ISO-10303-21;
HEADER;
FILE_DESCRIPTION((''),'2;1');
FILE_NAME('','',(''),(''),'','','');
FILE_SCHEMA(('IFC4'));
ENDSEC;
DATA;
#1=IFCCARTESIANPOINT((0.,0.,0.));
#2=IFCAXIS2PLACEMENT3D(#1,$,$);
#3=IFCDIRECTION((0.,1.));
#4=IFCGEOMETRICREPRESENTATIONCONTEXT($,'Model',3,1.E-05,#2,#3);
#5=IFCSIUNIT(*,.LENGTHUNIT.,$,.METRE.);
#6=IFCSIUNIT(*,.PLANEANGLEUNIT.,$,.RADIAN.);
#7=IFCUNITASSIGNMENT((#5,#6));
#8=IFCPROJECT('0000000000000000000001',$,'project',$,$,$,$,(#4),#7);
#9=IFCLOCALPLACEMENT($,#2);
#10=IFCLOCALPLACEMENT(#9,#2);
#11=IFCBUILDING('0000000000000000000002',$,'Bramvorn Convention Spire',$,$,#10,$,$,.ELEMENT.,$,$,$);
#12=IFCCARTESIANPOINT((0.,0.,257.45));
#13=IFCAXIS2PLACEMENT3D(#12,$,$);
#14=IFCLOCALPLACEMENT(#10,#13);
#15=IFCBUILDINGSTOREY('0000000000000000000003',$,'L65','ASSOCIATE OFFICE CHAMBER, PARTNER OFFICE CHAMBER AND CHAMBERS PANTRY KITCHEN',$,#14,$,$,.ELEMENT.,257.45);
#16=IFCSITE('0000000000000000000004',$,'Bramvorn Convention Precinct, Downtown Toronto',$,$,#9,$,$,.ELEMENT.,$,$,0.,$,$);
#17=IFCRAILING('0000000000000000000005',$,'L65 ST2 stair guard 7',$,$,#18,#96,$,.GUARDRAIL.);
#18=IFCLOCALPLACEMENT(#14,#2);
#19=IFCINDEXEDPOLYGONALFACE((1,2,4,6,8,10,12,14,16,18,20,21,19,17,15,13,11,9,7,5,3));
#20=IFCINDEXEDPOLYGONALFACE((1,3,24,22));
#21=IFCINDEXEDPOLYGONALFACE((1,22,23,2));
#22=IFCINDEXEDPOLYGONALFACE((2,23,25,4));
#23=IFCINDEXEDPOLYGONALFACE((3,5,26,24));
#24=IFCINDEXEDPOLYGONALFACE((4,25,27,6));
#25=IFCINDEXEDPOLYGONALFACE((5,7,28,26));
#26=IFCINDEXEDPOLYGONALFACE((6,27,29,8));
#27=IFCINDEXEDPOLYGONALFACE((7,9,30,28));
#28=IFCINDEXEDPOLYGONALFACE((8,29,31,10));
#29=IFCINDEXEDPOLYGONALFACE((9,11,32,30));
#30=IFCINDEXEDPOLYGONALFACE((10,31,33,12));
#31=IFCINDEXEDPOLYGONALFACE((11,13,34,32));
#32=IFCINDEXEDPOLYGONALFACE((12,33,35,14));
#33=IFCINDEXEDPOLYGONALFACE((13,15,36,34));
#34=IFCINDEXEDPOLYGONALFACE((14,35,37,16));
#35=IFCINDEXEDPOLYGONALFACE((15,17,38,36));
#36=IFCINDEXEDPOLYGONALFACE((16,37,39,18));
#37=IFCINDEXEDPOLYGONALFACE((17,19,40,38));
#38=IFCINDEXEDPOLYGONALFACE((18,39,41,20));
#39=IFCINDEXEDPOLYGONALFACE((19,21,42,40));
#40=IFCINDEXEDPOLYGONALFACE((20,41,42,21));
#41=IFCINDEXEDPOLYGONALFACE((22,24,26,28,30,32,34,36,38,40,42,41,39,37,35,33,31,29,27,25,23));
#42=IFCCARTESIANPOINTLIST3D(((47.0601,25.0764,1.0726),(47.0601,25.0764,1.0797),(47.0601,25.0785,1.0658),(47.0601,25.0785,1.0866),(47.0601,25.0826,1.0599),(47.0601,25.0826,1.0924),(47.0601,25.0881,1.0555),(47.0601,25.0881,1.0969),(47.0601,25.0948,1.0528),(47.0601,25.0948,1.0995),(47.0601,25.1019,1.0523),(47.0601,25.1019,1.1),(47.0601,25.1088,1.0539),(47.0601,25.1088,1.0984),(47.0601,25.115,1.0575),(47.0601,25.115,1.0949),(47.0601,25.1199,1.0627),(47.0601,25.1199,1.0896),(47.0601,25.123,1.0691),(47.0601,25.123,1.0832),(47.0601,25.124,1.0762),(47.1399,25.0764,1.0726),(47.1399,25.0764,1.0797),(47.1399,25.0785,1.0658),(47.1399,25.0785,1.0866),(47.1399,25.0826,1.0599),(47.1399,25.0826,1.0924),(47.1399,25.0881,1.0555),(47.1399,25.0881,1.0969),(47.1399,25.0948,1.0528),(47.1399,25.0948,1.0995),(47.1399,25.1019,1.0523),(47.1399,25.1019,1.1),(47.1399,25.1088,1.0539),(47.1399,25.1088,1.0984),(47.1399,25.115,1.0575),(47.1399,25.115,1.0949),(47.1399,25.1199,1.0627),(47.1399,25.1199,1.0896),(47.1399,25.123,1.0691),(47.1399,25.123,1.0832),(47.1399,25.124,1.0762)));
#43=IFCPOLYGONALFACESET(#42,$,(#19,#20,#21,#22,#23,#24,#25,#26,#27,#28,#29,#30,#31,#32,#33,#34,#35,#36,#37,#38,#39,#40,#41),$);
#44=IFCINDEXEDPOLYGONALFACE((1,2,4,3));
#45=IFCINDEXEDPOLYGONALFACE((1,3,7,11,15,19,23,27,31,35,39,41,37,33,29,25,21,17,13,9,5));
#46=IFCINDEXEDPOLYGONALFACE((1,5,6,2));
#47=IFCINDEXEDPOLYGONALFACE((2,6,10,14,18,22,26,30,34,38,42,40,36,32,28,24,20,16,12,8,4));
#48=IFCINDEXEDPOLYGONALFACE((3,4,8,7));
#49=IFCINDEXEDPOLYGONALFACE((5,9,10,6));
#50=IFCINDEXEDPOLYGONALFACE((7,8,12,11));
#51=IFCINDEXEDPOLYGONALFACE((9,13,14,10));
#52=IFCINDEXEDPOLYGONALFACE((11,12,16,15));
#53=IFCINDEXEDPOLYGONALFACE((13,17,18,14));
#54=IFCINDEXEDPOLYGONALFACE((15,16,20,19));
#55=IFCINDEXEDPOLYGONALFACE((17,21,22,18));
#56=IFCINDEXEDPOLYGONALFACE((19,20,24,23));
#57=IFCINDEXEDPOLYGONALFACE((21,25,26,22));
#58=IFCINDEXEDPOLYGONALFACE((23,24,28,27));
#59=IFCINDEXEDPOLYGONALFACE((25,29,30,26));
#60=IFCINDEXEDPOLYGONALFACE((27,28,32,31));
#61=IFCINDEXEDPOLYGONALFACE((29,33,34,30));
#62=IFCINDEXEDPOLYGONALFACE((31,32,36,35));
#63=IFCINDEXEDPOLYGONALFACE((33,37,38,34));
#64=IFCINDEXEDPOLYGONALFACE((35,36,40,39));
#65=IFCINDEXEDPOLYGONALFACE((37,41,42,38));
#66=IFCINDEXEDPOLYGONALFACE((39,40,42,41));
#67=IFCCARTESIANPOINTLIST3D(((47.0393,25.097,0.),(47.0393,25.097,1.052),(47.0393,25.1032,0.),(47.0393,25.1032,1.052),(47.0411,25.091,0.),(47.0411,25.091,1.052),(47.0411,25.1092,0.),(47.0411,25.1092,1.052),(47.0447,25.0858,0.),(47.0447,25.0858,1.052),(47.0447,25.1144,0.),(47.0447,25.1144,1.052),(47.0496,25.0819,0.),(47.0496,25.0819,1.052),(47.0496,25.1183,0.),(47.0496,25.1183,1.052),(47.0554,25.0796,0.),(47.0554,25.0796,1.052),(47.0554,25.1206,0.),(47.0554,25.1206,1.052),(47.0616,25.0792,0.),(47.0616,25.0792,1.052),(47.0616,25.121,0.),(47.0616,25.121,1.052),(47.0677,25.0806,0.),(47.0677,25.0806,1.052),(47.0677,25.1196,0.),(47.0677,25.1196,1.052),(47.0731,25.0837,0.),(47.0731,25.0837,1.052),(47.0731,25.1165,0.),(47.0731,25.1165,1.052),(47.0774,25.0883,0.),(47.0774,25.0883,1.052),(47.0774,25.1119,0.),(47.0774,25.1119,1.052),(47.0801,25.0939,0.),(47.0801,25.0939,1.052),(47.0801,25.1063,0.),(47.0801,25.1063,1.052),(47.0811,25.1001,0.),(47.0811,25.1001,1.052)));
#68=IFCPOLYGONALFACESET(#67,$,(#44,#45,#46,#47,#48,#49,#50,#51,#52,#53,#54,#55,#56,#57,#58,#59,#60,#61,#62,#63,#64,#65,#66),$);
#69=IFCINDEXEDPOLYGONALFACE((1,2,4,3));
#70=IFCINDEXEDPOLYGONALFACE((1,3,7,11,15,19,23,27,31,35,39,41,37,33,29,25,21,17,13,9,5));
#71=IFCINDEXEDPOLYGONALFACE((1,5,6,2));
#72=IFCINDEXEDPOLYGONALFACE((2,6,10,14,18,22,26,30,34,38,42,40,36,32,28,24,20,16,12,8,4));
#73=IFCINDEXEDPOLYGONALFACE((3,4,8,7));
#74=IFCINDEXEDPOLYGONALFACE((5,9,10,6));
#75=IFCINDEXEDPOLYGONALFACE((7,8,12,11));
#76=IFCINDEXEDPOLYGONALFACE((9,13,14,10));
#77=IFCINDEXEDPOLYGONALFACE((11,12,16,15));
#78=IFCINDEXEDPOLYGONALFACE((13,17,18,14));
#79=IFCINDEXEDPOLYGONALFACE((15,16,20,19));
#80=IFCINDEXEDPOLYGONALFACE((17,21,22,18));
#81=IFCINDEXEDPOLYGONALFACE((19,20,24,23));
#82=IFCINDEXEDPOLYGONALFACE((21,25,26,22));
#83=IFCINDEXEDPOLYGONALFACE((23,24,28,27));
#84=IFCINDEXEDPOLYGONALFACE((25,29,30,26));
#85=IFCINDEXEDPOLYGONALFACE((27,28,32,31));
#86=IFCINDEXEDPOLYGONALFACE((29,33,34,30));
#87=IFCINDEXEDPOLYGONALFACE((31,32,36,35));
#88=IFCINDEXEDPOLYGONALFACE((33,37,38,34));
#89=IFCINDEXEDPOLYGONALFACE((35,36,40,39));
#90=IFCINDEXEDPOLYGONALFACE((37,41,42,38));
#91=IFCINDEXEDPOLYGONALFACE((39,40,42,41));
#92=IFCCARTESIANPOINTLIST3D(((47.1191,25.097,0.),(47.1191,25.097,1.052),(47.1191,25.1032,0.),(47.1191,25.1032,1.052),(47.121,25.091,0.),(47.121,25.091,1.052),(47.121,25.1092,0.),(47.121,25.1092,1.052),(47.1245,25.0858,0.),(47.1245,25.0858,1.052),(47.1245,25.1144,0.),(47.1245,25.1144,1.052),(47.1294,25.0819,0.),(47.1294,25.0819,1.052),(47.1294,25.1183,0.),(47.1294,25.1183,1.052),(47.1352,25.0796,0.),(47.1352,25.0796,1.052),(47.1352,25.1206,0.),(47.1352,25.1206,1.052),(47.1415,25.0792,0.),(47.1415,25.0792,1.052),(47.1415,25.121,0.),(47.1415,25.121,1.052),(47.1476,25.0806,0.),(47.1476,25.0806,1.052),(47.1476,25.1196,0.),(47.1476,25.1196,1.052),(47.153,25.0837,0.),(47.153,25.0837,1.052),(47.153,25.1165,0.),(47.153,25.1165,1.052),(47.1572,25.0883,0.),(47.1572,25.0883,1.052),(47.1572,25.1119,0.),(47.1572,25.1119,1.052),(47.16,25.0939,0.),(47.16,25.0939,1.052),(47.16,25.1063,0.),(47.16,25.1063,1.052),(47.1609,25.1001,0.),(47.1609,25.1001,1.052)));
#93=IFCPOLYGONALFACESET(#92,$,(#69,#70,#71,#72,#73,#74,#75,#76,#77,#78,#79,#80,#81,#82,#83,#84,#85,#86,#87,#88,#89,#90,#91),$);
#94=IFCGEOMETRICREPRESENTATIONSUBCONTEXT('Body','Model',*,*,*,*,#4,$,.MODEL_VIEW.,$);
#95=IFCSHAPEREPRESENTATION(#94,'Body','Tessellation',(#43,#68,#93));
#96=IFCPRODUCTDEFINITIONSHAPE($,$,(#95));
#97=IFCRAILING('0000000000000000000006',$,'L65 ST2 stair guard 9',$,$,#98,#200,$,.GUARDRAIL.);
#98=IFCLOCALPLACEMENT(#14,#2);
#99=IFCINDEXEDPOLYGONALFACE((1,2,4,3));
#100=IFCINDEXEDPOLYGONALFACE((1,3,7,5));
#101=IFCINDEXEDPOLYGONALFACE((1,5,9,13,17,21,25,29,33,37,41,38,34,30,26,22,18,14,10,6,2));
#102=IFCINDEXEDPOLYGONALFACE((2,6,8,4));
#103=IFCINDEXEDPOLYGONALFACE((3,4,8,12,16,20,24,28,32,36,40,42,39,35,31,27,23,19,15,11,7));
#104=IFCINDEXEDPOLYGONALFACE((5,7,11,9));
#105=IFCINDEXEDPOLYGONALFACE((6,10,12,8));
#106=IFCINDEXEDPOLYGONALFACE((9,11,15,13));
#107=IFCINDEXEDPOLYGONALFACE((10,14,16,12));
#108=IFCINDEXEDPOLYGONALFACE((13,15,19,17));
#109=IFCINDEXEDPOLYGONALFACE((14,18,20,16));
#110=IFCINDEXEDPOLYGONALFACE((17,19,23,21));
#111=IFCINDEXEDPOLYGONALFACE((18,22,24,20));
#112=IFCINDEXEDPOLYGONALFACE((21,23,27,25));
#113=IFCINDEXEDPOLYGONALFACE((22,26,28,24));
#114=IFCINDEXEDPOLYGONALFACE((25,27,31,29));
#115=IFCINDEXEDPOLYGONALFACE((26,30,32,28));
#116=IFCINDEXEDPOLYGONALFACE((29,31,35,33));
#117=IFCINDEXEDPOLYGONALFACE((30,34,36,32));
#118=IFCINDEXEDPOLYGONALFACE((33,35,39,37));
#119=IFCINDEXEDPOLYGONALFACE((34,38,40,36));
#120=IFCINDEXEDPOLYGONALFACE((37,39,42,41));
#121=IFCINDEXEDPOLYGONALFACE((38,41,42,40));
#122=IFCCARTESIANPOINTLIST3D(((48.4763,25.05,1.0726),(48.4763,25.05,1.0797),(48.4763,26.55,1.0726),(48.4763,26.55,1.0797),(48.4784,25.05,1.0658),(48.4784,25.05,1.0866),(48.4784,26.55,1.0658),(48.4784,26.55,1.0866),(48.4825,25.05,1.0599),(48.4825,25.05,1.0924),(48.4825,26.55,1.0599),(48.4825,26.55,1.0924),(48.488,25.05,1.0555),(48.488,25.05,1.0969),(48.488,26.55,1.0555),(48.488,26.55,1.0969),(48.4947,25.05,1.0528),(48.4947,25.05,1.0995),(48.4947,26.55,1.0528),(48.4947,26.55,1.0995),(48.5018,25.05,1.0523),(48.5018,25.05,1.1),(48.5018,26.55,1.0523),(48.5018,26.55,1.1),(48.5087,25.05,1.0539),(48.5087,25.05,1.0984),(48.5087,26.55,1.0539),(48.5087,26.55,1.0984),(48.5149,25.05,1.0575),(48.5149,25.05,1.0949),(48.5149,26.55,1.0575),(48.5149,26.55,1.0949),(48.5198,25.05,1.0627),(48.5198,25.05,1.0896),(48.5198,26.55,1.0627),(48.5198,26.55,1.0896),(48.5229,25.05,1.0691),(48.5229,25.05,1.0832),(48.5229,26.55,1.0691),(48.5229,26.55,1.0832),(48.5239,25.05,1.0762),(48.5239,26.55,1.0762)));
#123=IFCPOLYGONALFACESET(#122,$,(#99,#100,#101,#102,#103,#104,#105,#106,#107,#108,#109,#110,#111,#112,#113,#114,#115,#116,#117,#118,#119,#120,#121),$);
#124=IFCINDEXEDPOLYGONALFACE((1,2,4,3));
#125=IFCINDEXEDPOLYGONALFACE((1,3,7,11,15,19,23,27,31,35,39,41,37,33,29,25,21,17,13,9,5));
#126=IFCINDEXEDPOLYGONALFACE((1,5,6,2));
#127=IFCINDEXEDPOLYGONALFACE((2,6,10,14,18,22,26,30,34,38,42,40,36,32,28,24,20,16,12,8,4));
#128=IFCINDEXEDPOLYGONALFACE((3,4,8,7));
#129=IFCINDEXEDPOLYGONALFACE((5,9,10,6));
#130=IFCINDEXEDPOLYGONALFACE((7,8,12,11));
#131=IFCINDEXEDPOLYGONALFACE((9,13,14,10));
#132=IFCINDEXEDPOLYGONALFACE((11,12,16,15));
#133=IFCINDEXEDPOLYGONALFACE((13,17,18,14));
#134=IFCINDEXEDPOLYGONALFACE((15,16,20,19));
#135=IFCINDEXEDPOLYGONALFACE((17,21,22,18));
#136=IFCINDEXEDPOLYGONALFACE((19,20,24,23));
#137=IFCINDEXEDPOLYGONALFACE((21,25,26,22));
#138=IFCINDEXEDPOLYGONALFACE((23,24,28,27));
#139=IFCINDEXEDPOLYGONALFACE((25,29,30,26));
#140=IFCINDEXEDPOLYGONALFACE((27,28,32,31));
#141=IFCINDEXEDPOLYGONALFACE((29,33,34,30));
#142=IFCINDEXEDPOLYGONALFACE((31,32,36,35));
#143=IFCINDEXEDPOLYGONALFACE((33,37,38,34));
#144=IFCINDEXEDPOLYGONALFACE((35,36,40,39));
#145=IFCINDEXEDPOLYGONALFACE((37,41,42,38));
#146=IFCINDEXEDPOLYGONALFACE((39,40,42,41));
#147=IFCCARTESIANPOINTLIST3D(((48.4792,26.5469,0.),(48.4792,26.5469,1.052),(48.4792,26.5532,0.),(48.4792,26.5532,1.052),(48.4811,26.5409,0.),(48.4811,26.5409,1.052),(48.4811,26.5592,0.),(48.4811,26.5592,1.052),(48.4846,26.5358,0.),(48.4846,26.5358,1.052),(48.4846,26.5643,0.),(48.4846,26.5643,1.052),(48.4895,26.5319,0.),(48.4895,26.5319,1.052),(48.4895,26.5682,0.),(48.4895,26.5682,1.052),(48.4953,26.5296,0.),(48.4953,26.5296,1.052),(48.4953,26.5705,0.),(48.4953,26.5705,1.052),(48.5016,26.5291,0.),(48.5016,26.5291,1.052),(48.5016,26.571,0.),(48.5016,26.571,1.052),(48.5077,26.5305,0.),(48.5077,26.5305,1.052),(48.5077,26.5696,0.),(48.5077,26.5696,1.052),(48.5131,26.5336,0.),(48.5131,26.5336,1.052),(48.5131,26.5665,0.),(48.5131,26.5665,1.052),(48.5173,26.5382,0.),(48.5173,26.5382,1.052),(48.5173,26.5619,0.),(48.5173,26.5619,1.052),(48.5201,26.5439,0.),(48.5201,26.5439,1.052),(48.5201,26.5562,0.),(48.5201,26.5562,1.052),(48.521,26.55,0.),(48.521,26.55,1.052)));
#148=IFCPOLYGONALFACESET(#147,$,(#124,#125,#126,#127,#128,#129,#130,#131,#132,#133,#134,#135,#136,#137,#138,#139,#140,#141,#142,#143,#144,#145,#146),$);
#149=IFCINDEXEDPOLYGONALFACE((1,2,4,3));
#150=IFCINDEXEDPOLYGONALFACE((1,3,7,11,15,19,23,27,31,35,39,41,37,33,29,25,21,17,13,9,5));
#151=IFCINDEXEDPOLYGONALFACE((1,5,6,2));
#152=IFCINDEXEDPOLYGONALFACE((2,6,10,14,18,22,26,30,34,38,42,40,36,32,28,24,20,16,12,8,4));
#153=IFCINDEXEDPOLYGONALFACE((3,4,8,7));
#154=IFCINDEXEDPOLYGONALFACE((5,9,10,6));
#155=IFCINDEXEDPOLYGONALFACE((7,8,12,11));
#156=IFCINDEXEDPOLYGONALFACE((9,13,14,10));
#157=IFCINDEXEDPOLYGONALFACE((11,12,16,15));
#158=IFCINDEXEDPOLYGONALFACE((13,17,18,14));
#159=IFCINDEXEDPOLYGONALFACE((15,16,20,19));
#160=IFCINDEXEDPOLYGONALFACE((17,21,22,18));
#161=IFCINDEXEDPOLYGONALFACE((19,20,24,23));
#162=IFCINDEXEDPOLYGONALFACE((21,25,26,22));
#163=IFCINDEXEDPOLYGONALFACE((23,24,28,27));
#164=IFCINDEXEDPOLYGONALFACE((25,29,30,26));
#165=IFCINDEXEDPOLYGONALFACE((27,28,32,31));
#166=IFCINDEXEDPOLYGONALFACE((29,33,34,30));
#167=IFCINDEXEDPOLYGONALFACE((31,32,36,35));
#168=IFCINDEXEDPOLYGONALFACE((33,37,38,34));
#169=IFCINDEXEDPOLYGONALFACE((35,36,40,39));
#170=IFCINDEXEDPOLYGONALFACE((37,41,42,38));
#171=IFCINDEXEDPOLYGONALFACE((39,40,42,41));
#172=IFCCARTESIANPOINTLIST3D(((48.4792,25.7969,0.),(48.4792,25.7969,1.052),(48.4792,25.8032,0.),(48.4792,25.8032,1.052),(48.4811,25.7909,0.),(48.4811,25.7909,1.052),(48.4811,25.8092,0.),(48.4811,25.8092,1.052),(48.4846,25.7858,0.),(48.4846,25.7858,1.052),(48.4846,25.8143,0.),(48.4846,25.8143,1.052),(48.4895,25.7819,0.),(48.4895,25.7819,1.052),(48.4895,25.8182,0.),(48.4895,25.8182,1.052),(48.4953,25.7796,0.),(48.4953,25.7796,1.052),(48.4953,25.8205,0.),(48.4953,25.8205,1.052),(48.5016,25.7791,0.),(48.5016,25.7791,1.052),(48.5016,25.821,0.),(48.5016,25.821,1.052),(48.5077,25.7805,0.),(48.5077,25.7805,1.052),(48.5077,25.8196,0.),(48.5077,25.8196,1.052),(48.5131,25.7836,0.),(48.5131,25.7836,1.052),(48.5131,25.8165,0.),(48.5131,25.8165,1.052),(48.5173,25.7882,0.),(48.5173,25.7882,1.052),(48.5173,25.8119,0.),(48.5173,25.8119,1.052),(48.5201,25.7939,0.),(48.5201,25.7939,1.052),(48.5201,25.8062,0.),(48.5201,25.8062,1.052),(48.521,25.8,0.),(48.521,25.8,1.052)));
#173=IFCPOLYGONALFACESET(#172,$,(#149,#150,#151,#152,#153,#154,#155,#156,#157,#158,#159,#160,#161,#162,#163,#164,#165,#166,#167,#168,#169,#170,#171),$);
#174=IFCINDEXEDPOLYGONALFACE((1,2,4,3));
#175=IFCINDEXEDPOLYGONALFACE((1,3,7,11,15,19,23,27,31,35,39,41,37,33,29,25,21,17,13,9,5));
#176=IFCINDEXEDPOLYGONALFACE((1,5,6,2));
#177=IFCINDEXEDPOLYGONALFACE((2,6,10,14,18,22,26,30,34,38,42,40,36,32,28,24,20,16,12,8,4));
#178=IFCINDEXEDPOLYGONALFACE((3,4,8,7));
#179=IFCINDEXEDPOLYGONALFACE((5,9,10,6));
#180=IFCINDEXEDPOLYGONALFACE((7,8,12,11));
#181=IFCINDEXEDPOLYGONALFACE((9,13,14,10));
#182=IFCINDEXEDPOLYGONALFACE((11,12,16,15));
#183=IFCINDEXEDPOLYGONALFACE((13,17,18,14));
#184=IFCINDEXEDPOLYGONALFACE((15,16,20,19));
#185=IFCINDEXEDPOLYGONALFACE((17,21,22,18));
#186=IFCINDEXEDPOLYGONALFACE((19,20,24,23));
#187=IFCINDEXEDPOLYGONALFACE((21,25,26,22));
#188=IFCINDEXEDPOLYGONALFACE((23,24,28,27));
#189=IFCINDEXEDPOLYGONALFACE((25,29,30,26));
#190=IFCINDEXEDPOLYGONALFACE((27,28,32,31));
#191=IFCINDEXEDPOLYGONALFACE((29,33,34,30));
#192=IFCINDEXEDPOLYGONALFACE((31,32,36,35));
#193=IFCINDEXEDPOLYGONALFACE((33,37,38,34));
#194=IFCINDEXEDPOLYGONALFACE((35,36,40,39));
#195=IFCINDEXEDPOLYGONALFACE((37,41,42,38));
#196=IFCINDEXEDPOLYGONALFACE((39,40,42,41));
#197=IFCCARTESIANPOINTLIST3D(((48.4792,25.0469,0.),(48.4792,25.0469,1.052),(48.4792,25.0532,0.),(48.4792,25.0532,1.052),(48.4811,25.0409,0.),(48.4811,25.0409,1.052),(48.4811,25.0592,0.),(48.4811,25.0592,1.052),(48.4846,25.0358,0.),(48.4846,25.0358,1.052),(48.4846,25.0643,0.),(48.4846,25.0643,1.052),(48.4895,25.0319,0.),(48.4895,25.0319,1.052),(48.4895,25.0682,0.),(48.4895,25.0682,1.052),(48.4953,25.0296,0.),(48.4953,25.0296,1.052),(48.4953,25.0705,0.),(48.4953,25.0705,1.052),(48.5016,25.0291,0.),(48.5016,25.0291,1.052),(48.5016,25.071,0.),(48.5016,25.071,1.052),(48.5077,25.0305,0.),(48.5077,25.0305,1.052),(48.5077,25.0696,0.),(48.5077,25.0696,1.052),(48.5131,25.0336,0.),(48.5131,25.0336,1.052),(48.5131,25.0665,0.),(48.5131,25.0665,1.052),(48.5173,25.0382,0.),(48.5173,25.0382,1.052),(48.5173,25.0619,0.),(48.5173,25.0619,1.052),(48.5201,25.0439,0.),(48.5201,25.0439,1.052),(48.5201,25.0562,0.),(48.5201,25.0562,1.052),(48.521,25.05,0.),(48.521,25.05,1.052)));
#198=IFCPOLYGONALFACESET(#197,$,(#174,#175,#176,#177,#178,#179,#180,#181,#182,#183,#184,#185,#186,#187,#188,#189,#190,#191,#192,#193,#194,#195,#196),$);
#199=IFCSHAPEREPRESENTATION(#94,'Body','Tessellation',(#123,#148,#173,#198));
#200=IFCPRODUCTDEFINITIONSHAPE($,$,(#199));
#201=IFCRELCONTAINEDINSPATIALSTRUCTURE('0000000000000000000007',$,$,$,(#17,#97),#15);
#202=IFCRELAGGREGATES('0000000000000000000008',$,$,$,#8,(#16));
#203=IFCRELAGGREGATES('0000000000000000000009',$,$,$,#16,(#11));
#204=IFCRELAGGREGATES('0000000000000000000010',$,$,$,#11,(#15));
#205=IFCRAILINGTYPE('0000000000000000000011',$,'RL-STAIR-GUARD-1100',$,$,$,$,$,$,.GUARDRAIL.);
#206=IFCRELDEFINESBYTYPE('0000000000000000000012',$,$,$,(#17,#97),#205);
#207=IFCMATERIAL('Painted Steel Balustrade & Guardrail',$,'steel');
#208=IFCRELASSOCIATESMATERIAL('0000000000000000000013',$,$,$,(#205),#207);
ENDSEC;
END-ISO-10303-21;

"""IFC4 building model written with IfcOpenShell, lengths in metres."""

from ifc_helpers import new_model, si_unit, direction, frame, origin, origin_2d, place, context, subcontext, project, spatial, circle, extrude, material, type_object, element, save


model = new_model("IFC4")

# Units and contexts
model_context = context("Model", 3, precision=1e-05, world=origin(), true_north=direction((0.0, 1.0)))
body_context = subcontext(model_context, "Body", "Model", "MODEL_VIEW")
ifc_project = project(units=[si_unit("LENGTHUNIT", "METRE"), si_unit("PLANEANGLEUNIT", "RADIAN")], contexts=[model_context])

# Site, building, storey
site_placement = place(None, origin())
site = spatial("IfcSite", under=ifc_project, at=site_placement, Name="Bramvorn Convention Precinct, Downtown Toronto", CompositionType="ELEMENT", RefElevation=0.0)
building_placement = place(site_placement, origin())
building = spatial("IfcBuilding", under=site, at=building_placement, Name="Bramvorn Convention Spire", CompositionType="ELEMENT")
storey_placement = place(building_placement, frame((0.0, 0.0, 257.45)))
storey = spatial("IfcBuildingStorey", under=building, at=storey_placement, Name="L65", Description="ASSOCIATE OFFICE CHAMBER, PARTNER OFFICE CHAMBER AND CHAMBERS PANTRY KITCHEN", CompositionType="ELEMENT", Elevation=257.45)

# Railings
ifc_material_1 = material(Name="Painted Steel Balustrade & Guardrail", Category="steel")
railing_type_1 = type_object("IfcRailingType", Name="RL-STAIR-GUARD-1100", PredefinedType="GUARDRAIL", material=ifc_material_1)
railing_1_placement = place(storey_placement, frame((47.0601, 25.1001, 0.0)))
element("IfcRailing", 1, at=railing_1_placement, inside=storey, type_object=railing_type_1, Name="L65 ST2 stair guard 7", PredefinedType="GUARDRAIL", context=body_context, shape_type="SweptSolid", body=[
    extrude(circle(Radius=0.0239, at=origin_2d()), frame((0.0, 0.0, 1.0762), z_axis=(1.0, 0.0, 0.0), x_axis=(0.0, 1.0, 0.0)), (0.0, 0.0, 1.0), 0.0798),
    extrude(circle(Radius=0.021, at=origin_2d()), origin(), (0.0, 0.0, 1.0), 1.052),
    extrude(circle(Radius=0.021, at=origin_2d()), frame((0.0798, 0.0, 0.0)), (0.0, 0.0, 1.0), 1.052),
])
railing_2_placement = place(storey_placement, frame((48.5, 26.55, 0.0)))
element("IfcRailing", 2, at=railing_2_placement, inside=storey, type_object=railing_type_1, Name="L65 ST2 stair guard 9", PredefinedType="GUARDRAIL", context=body_context, shape_type="SweptSolid", body=[
    extrude(circle(Radius=0.0239, at=origin_2d()), frame((0.0, 0.0, 1.0762), z_axis=(0.0, -1.0, 0.0), x_axis=(1.0, 0.0, 0.0)), (0.0, 0.0, 1.0), 1.5),
    extrude(circle(Radius=0.021, at=origin_2d()), origin(), (0.0, 0.0, 1.0), 1.052),
    extrude(circle(Radius=0.021, at=origin_2d()), frame((0.0, -0.75, 0.0)), (0.0, 0.0, 1.0), 1.052),
    extrude(circle(Radius=0.021, at=origin_2d()), frame((0.0, -1.5, 0.0)), (0.0, 0.0, 1.0), 1.052),
])

save(model, "model.ifc")
